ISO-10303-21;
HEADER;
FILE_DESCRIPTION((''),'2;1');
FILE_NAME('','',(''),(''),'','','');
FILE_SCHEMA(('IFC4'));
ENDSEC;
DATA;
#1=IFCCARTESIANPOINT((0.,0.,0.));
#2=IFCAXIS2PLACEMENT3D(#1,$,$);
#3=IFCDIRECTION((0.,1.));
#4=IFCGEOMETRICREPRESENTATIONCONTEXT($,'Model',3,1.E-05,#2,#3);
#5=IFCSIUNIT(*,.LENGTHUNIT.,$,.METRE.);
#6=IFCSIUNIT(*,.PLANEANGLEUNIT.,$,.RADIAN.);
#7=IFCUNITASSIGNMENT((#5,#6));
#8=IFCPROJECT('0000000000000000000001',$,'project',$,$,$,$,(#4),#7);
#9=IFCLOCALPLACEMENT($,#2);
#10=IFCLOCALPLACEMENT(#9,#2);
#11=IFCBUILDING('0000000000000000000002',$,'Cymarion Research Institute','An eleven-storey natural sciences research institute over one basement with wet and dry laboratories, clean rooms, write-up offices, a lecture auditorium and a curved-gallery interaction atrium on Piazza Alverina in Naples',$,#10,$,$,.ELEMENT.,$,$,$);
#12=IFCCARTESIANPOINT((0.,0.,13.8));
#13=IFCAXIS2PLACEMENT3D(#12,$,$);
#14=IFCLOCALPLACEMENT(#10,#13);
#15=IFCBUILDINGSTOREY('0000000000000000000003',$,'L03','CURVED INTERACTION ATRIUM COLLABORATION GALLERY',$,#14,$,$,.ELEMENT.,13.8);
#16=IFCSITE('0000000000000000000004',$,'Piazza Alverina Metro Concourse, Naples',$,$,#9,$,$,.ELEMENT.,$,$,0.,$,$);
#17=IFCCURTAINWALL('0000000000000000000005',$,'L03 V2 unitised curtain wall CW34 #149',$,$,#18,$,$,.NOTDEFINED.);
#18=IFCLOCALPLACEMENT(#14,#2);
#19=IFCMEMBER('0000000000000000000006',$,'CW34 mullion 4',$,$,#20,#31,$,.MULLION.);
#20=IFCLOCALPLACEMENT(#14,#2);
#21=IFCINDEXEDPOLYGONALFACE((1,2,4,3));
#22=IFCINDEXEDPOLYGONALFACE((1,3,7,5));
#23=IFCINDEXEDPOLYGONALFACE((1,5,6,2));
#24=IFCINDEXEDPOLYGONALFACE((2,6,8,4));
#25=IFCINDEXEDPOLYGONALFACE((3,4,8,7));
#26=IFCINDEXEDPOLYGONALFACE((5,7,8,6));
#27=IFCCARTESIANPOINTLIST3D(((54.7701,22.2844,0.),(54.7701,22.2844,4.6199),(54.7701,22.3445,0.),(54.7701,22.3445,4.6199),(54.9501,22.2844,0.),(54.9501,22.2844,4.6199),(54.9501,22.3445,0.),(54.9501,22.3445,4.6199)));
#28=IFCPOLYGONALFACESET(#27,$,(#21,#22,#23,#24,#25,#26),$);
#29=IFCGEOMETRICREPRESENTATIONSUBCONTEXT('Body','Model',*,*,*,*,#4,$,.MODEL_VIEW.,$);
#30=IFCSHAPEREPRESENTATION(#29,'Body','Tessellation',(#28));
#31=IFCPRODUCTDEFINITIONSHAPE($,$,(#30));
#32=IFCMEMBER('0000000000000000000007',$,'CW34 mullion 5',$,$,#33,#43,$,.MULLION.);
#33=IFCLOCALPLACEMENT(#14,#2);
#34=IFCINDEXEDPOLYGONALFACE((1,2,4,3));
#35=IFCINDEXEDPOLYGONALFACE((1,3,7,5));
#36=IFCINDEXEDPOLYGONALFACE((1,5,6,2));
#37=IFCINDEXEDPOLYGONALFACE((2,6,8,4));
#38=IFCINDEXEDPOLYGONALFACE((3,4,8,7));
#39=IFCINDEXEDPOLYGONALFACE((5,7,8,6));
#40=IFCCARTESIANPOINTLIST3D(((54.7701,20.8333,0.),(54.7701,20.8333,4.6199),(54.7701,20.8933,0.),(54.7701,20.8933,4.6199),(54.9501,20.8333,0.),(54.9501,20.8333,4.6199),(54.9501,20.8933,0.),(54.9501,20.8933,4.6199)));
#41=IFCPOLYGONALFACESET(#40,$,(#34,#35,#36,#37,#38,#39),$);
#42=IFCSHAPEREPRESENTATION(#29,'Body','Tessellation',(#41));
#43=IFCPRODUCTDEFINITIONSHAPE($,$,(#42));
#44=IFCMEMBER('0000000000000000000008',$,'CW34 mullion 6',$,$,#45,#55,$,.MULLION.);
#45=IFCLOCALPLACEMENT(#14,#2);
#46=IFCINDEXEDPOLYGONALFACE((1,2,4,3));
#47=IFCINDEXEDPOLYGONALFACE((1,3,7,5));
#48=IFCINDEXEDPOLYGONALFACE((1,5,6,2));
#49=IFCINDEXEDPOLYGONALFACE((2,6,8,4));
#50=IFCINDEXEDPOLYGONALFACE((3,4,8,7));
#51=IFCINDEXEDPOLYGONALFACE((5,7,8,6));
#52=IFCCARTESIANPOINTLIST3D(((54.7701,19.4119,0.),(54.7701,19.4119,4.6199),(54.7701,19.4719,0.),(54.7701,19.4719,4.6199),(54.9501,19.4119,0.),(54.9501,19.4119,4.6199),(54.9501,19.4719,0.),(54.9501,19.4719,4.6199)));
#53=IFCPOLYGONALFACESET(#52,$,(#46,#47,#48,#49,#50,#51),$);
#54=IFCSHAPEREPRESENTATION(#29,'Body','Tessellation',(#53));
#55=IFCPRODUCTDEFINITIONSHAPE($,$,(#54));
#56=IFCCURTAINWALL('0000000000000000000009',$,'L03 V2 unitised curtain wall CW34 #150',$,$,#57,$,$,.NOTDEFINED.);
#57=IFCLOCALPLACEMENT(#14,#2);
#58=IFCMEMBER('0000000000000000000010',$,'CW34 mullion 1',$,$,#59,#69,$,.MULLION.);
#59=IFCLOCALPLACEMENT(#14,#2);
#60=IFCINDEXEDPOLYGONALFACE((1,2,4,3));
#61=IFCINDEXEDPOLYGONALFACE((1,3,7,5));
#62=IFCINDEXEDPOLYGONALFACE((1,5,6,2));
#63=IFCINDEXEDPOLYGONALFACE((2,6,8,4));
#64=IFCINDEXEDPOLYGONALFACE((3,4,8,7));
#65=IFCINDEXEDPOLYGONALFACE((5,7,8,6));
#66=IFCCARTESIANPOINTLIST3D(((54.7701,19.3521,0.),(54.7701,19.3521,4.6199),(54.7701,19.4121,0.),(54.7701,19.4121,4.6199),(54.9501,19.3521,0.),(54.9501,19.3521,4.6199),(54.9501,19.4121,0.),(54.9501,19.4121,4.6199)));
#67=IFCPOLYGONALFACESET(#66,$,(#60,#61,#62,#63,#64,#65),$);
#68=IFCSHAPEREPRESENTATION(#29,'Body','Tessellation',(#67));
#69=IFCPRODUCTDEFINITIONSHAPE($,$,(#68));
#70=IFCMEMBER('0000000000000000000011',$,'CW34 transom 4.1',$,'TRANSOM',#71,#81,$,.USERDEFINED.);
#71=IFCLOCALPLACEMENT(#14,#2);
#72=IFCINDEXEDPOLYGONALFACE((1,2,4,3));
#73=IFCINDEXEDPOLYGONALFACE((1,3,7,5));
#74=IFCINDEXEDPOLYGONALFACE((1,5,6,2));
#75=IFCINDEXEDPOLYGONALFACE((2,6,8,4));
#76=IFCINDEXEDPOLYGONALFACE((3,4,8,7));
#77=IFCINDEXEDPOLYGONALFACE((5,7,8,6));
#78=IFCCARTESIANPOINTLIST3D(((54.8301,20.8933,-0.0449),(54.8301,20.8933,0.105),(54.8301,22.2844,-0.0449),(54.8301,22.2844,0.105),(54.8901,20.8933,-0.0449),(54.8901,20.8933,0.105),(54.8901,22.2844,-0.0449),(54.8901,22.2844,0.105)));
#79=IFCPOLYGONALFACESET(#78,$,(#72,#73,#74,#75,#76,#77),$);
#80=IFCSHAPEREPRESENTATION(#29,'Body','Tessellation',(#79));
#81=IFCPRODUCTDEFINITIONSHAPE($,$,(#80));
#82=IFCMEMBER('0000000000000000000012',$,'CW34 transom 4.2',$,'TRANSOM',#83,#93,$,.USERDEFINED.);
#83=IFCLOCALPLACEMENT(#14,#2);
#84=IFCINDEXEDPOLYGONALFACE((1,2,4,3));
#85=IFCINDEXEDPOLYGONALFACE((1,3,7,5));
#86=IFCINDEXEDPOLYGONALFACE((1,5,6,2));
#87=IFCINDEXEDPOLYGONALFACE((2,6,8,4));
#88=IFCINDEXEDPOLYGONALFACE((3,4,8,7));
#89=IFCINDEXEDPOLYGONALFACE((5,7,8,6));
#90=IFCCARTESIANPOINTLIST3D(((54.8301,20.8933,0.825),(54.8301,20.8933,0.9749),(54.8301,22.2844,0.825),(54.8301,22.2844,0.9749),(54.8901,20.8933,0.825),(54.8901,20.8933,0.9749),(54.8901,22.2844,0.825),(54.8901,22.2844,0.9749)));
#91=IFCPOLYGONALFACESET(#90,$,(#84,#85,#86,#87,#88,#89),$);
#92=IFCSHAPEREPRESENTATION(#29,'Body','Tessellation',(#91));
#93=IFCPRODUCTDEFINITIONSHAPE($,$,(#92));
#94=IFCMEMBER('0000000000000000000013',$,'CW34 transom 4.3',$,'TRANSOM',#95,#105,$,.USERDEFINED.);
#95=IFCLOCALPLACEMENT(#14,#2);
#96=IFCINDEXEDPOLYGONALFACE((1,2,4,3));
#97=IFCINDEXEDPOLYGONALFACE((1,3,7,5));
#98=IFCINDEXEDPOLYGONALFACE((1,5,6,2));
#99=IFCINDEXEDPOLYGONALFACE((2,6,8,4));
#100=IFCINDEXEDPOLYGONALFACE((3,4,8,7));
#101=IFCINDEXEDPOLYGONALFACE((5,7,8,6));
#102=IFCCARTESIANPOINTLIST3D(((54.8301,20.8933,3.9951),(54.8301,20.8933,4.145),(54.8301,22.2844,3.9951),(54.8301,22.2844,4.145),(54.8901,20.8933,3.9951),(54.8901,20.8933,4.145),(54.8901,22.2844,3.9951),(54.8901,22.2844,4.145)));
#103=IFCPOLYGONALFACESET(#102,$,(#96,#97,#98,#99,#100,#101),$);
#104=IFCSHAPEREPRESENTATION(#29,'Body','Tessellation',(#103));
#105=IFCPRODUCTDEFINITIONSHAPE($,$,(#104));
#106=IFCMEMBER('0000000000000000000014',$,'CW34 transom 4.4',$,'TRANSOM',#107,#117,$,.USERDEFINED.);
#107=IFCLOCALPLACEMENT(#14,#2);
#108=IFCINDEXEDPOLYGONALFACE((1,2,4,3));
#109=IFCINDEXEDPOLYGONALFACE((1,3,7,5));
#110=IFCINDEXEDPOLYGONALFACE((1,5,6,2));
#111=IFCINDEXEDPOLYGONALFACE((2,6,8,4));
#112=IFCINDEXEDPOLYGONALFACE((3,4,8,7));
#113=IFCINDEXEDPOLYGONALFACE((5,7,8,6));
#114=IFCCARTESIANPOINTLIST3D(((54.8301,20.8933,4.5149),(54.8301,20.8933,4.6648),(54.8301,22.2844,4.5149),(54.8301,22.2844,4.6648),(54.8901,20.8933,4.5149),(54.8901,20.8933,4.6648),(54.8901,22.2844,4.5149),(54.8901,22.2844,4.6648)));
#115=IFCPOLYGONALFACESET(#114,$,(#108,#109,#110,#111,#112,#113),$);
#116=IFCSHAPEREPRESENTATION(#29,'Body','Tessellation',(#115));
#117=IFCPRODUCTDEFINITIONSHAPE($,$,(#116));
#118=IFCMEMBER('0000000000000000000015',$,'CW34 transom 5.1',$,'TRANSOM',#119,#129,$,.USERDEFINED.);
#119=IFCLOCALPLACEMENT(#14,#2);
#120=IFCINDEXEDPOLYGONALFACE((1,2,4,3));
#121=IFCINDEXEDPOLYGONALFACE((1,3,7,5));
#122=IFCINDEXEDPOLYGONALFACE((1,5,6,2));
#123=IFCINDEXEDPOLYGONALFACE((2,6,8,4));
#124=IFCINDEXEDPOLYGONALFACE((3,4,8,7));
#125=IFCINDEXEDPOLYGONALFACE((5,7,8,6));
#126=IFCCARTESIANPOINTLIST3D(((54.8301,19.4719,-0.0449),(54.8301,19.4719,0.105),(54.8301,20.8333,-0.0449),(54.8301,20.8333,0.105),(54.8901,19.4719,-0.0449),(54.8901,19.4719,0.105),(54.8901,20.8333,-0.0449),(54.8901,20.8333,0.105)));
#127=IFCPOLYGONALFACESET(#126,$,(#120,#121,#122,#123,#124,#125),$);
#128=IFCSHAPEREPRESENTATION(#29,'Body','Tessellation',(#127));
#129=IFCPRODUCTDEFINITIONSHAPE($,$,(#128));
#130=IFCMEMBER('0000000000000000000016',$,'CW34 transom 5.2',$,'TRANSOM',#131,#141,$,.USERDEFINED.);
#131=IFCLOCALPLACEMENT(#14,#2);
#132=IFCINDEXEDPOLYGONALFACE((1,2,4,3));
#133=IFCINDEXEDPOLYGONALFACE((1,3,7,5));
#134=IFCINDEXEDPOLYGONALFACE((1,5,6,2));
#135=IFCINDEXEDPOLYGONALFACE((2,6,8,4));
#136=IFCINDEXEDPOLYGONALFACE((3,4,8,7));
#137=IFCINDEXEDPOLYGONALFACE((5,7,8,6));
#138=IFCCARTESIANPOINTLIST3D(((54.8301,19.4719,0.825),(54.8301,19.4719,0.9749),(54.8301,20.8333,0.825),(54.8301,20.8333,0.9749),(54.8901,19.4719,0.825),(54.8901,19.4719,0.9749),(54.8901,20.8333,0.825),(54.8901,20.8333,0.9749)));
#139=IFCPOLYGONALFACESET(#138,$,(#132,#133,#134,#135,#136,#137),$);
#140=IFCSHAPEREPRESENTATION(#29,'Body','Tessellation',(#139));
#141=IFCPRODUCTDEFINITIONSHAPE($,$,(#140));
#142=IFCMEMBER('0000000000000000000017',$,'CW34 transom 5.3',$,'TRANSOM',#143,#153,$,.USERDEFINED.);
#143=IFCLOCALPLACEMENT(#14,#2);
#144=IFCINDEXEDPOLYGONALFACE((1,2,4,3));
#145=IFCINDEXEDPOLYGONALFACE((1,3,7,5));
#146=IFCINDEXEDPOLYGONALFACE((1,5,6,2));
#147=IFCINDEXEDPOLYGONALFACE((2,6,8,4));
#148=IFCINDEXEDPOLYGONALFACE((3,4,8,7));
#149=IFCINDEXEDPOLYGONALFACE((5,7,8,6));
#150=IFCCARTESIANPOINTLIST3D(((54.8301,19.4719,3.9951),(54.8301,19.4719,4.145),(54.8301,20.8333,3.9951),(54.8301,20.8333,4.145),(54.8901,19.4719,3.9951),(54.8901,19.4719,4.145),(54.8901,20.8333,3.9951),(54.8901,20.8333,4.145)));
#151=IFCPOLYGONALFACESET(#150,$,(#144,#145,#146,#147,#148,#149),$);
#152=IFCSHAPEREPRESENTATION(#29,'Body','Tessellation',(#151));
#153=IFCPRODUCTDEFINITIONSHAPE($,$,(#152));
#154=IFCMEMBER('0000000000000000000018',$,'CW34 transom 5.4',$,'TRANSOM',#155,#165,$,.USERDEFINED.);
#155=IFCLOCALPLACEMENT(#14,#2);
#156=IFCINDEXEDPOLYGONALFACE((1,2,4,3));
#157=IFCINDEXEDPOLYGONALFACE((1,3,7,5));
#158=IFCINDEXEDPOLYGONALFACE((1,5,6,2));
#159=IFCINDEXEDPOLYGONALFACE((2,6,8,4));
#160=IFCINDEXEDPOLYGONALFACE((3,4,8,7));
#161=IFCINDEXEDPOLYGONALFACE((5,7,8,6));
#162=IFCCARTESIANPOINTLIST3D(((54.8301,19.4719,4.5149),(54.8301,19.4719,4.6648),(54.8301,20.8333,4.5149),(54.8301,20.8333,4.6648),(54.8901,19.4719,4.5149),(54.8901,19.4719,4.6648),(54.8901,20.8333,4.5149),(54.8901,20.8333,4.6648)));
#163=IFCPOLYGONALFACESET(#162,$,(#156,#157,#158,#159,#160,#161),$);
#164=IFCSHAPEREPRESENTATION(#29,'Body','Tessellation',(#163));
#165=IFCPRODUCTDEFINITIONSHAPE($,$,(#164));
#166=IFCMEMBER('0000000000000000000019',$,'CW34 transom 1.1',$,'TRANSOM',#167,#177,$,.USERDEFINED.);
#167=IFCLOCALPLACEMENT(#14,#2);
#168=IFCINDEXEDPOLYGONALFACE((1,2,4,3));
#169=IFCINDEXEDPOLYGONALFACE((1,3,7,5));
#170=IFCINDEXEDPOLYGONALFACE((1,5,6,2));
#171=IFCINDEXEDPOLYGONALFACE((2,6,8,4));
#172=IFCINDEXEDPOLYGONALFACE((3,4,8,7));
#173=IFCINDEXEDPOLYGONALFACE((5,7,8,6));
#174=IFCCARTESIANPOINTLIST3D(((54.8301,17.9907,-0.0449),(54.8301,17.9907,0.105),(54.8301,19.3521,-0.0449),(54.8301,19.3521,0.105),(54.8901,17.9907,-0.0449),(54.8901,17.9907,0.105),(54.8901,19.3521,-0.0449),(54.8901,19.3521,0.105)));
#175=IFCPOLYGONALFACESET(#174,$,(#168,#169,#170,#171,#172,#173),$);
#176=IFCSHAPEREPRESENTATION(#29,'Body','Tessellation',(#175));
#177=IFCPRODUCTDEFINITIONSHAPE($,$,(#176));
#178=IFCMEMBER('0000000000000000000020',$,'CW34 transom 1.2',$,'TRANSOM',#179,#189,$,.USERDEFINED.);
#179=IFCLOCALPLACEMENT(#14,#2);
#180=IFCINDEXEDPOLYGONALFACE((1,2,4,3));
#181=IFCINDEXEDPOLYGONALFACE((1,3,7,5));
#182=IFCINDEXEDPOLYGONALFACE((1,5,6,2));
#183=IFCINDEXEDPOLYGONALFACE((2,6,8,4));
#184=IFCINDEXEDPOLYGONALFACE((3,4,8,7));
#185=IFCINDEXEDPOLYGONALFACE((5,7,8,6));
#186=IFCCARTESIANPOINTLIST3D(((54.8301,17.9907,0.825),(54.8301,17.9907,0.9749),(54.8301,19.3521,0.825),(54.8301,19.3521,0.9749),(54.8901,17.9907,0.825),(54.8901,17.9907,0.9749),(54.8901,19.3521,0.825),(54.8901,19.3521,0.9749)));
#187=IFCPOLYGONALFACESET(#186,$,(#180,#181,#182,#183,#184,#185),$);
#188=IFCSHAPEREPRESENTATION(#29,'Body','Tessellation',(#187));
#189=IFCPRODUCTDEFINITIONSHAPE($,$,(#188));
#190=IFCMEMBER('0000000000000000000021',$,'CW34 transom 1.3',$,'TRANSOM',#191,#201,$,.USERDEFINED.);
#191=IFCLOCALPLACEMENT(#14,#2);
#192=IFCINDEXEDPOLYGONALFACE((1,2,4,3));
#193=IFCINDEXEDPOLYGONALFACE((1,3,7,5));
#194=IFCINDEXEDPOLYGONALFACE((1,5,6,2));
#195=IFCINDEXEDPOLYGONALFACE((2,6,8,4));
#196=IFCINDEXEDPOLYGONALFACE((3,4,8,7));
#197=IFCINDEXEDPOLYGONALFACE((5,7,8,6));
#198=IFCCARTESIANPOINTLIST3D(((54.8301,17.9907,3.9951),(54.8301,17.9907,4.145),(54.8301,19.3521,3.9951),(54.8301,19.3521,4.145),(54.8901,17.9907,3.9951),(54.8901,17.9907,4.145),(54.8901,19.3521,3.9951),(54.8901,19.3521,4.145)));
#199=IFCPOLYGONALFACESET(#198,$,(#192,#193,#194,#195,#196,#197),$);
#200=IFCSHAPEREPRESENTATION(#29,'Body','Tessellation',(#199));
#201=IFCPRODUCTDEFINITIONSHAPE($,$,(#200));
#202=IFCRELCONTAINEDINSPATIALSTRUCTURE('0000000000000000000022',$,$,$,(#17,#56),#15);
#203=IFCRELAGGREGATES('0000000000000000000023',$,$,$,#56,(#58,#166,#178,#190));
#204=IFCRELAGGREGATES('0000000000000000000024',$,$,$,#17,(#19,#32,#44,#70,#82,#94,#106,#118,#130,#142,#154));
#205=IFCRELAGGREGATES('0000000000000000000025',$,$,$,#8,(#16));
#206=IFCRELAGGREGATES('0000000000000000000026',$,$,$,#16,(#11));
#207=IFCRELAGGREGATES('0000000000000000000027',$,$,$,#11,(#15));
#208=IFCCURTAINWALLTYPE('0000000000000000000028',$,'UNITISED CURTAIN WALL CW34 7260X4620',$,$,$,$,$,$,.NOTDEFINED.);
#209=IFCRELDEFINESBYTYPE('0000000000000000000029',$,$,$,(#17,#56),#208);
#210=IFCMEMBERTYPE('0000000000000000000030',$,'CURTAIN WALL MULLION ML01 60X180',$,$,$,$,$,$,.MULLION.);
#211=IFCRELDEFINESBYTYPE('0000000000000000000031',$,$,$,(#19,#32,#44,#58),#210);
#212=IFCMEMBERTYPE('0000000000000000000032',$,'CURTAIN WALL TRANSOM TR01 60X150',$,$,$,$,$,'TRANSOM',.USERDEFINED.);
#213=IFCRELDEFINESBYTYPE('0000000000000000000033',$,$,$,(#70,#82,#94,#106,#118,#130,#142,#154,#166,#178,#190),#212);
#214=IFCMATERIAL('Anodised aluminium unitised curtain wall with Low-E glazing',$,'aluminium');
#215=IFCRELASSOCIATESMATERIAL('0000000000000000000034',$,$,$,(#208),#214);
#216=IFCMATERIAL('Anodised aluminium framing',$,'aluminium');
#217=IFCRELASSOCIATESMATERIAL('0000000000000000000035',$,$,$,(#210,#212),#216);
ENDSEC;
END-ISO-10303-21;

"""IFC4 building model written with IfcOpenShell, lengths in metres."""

from ifc_helpers import new_model, si_unit, direction, frame, origin, origin_2d, place, context, subcontext, project, spatial, rectangle, extrude, material, material_profile, profile_set, type_object, element, aggregate, save


model = new_model("IFC4")

# Units and contexts
model_context = context("Model", 3, precision=1e-05, world=origin(), true_north=direction((0.0, 1.0)))
body_context = subcontext(model_context, "Body", "Model", "MODEL_VIEW")
ifc_project = project(units=[si_unit("LENGTHUNIT", "METRE"), si_unit("PLANEANGLEUNIT", "RADIAN")], contexts=[model_context])

# Site, building, storey
site_placement = place(None, origin())
site = spatial("IfcSite", under=ifc_project, at=site_placement, Name="Piazza Alverina Metro Concourse, Naples", CompositionType="ELEMENT", RefElevation=0.0)
building_placement = place(site_placement, origin())
building = spatial("IfcBuilding", under=site, at=building_placement, Name="Cymarion Research Institute", Description="An eleven-storey natural sciences research institute over one basement with wet and dry laboratories, clean rooms, write-up offices, a lecture auditorium and a curved-gallery interaction atrium on Piazza Alverina in Naples", CompositionType="ELEMENT")
storey_placement = place(building_placement, frame((0.0, 0.0, 13.8)))
storey = spatial("IfcBuildingStorey", under=building, at=storey_placement, Name="L03", Description="CURVED INTERACTION ATRIUM COLLABORATION GALLERY", CompositionType="ELEMENT", Elevation=13.8)

# Curtain wall, members
ifc_material_1 = material(Name="Anodised aluminium unitised curtain wall with Low-E glazing", Category="aluminium")
curtain_wall_type = type_object("IfcCurtainWallType", Name="UNITISED CURTAIN WALL CW34 7260X4620", PredefinedType="NOTDEFINED", material=ifc_material_1)
curtain_wall_1_placement = place(storey_placement, origin())
curtain_wall_1 = element("IfcCurtainWall", 1, at=curtain_wall_1_placement, inside=storey, type_object=curtain_wall_type, Name="L03 V2 unitised curtain wall CW34 #149", PredefinedType="NOTDEFINED")
ifc_material_2 = material(Name="Anodised aluminium framing", Category="aluminium")
ifc_material_profile_1 = material_profile(ifc_material_2, rectangle(XDim=0.0601, YDim=0.1799, at=origin_2d()), Name="ALU MULLION 60x180")
ifc_profile_set_1 = profile_set([ifc_material_profile_1], Name="Anodised aluminium framing")
member_type_1 = type_object("IfcMemberType", Name="CURTAIN WALL MULLION ML01 60X180", PredefinedType="MULLION", material=ifc_profile_set_1)
member_1_placement = place(storey_placement, frame((54.8601, 22.3145, 0.0), z_axis=(0.0, 0.0, 1.0), x_axis=(0.0, -1.0, 0.0)))
member_1 = element("IfcMember", 2, at=member_1_placement, type_object=member_type_1, Name="CW34 mullion 4", PredefinedType="MULLION", context=body_context, shape_type="SweptSolid", body=[
    extrude(rectangle(XDim=0.0601, YDim=0.1799, at=origin_2d()), origin(), (0.0, 0.0, 1.0), 4.6199),
])
member_2_placement = place(storey_placement, frame((54.8601, 20.8633, 0.0), z_axis=(0.0, 0.0, 1.0), x_axis=(0.0, -1.0, 0.0)))
member_2 = element("IfcMember", 3, at=member_2_placement, type_object=member_type_1, Name="CW34 mullion 5", PredefinedType="MULLION", context=body_context, shape_type="SweptSolid", body=[
    extrude(rectangle(XDim=0.0601, YDim=0.1799, at=origin_2d()), origin(), (0.0, 0.0, 1.0), 4.6199),
])
member_3_placement = place(storey_placement, frame((54.8601, 19.4419, 0.0), z_axis=(0.0, 0.0, 1.0), x_axis=(0.0, -1.0, 0.0)))
member_3 = element("IfcMember", 4, at=member_3_placement, type_object=member_type_1, Name="CW34 mullion 6", PredefinedType="MULLION", context=body_context, shape_type="SweptSolid", body=[
    extrude(rectangle(XDim=0.0601, YDim=0.1799, at=origin_2d()), origin(), (0.0, 0.0, 1.0), 4.6199),
])

# Curtain wall, member
curtain_wall_2_placement = place(storey_placement, origin())
curtain_wall_2 = element("IfcCurtainWall", 5, at=curtain_wall_2_placement, inside=storey, type_object=curtain_wall_type, Name="L03 V2 unitised curtain wall CW34 #150", PredefinedType="NOTDEFINED")
member_4_placement = place(storey_placement, frame((54.8601, 19.3821, 0.0), z_axis=(0.0, 0.0, 1.0), x_axis=(0.0, -1.0, 0.0)))
member_4 = element("IfcMember", 6, at=member_4_placement, type_object=member_type_1, Name="CW34 mullion 1", PredefinedType="MULLION", context=body_context, shape_type="SweptSolid", body=[
    extrude(rectangle(XDim=0.0601, YDim=0.1799, at=origin_2d()), origin(), (0.0, 0.0, 1.0), 4.6199),
])

# Members
ifc_material_profile_2 = material_profile(ifc_material_2, rectangle(XDim=0.0601, YDim=0.1499, at=origin_2d()), Name="ALU TRANSOM 60x150")
ifc_profile_set_2 = profile_set([ifc_material_profile_2], Name="Anodised aluminium framing")
member_type_2 = type_object("IfcMemberType", Name="CURTAIN WALL TRANSOM TR01 60X150", ElementType="TRANSOM", PredefinedType="USERDEFINED", material=ifc_profile_set_2)
member_5_placement = place(storey_placement, frame((54.8601, 22.2844, 0.03), z_axis=(0.0, -1.0, 0.0), x_axis=(1.0, 0.0, 0.0)))
member_5 = element("IfcMember", 7, at=member_5_placement, type_object=member_type_2, Name="CW34 transom 4.1", ObjectType="TRANSOM", PredefinedType="USERDEFINED", context=body_context, shape_type="SweptSolid", body=[
    extrude(rectangle(XDim=0.0601, YDim=0.1499, at=origin_2d()), origin(), (0.0, 0.0, 1.0), 1.3911),
])
member_6_placement = place(storey_placement, frame((54.8601, 22.2844, 0.8999), z_axis=(0.0, -1.0, 0.0), x_axis=(1.0, 0.0, 0.0)))
member_6 = element("IfcMember", 8, at=member_6_placement, type_object=member_type_2, Name="CW34 transom 4.2", ObjectType="TRANSOM", PredefinedType="USERDEFINED", context=body_context, shape_type="SweptSolid", body=[
    extrude(rectangle(XDim=0.0601, YDim=0.1499, at=origin_2d()), origin(), (0.0, 0.0, 1.0), 1.3911),
])
member_7_placement = place(storey_placement, frame((54.8601, 22.2844, 4.0701), z_axis=(0.0, -1.0, 0.0), x_axis=(1.0, 0.0, 0.0)))
member_7 = element("IfcMember", 9, at=member_7_placement, type_object=member_type_2, Name="CW34 transom 4.3", ObjectType="TRANSOM", PredefinedType="USERDEFINED", context=body_context, shape_type="SweptSolid", body=[
    extrude(rectangle(XDim=0.0601, YDim=0.1499, at=origin_2d()), origin(), (0.0, 0.0, 1.0), 1.3911),
])
member_8_placement = place(storey_placement, frame((54.8601, 22.2844, 4.5898), z_axis=(0.0, -1.0, 0.0), x_axis=(1.0, 0.0, 0.0)))
member_8 = element("IfcMember", 10, at=member_8_placement, type_object=member_type_2, Name="CW34 transom 4.4", ObjectType="TRANSOM", PredefinedType="USERDEFINED", context=body_context, shape_type="SweptSolid", body=[
    extrude(rectangle(XDim=0.0601, YDim=0.1499, at=origin_2d()), origin(), (0.0, 0.0, 1.0), 1.3911),
])
member_9_placement = place(storey_placement, frame((54.8601, 20.8333, 0.03), z_axis=(0.0, -1.0, 0.0), x_axis=(1.0, 0.0, 0.0)))
member_9 = element("IfcMember", 11, at=member_9_placement, type_object=member_type_2, Name="CW34 transom 5.1", ObjectType="TRANSOM", PredefinedType="USERDEFINED", context=body_context, shape_type="SweptSolid", body=[
    extrude(rectangle(XDim=0.0601, YDim=0.1499, at=origin_2d()), origin(), (0.0, 0.0, 1.0), 1.3613),
])
member_10_placement = place(storey_placement, frame((54.8601, 20.8333, 0.8999), z_axis=(0.0, -1.0, 0.0), x_axis=(1.0, 0.0, 0.0)))
member_10 = element("IfcMember", 12, at=member_10_placement, type_object=member_type_2, Name="CW34 transom 5.2", ObjectType="TRANSOM", PredefinedType="USERDEFINED", context=body_context, shape_type="SweptSolid", body=[
    extrude(rectangle(XDim=0.0601, YDim=0.1499, at=origin_2d()), origin(), (0.0, 0.0, 1.0), 1.3613),
])
member_11_placement = place(storey_placement, frame((54.8601, 20.8333, 4.0701), z_axis=(0.0, -1.0, 0.0), x_axis=(1.0, 0.0, 0.0)))
member_11 = element("IfcMember", 13, at=member_11_placement, type_object=member_type_2, Name="CW34 transom 5.3", ObjectType="TRANSOM", PredefinedType="USERDEFINED", context=body_context, shape_type="SweptSolid", body=[
    extrude(rectangle(XDim=0.0601, YDim=0.1499, at=origin_2d()), origin(), (0.0, 0.0, 1.0), 1.3613),
])
member_12_placement = place(storey_placement, frame((54.8601, 20.8333, 4.5898), z_axis=(0.0, -1.0, 0.0), x_axis=(1.0, 0.0, 0.0)))
member_12 = element("IfcMember", 14, at=member_12_placement, type_object=member_type_2, Name="CW34 transom 5.4", ObjectType="TRANSOM", PredefinedType="USERDEFINED", context=body_context, shape_type="SweptSolid", body=[
    extrude(rectangle(XDim=0.0601, YDim=0.1499, at=origin_2d()), origin(), (0.0, 0.0, 1.0), 1.3613),
])
member_13_placement = place(storey_placement, frame((54.8601, 19.3521, 0.03), z_axis=(0.0, -1.0, 0.0), x_axis=(1.0, 0.0, 0.0)))
member_13 = element("IfcMember", 15, at=member_13_placement, type_object=member_type_2, Name="CW34 transom 1.1", ObjectType="TRANSOM", PredefinedType="USERDEFINED", context=body_context, shape_type="SweptSolid", body=[
    extrude(rectangle(XDim=0.0601, YDim=0.1499, at=origin_2d()), origin(), (0.0, 0.0, 1.0), 1.3613),
])
member_14_placement = place(storey_placement, frame((54.8601, 19.3521, 0.8999), z_axis=(0.0, -1.0, 0.0), x_axis=(1.0, 0.0, 0.0)))
member_14 = element("IfcMember", 16, at=member_14_placement, type_object=member_type_2, Name="CW34 transom 1.2", ObjectType="TRANSOM", PredefinedType="USERDEFINED", context=body_context, shape_type="SweptSolid", body=[
    extrude(rectangle(XDim=0.0601, YDim=0.1499, at=origin_2d()), origin(), (0.0, 0.0, 1.0), 1.3613),
])
member_15_placement = place(storey_placement, frame((54.8601, 19.3521, 4.0701), z_axis=(0.0, -1.0, 0.0), x_axis=(1.0, 0.0, 0.0)))
member_15 = element("IfcMember", 17, at=member_15_placement, type_object=member_type_2, Name="CW34 transom 1.3", ObjectType="TRANSOM", PredefinedType="USERDEFINED", context=body_context, shape_type="SweptSolid", body=[
    extrude(rectangle(XDim=0.0601, YDim=0.1499, at=origin_2d()), origin(), (0.0, 0.0, 1.0), 1.3613),
])
aggregate(curtain_wall_2, [member_4, member_13, member_14, member_15])

aggregate(curtain_wall_1, [member_1, member_2, member_3, member_5, member_6, member_7, member_8, member_9, member_10, member_11, member_12])

save(model, "model.ifc")
